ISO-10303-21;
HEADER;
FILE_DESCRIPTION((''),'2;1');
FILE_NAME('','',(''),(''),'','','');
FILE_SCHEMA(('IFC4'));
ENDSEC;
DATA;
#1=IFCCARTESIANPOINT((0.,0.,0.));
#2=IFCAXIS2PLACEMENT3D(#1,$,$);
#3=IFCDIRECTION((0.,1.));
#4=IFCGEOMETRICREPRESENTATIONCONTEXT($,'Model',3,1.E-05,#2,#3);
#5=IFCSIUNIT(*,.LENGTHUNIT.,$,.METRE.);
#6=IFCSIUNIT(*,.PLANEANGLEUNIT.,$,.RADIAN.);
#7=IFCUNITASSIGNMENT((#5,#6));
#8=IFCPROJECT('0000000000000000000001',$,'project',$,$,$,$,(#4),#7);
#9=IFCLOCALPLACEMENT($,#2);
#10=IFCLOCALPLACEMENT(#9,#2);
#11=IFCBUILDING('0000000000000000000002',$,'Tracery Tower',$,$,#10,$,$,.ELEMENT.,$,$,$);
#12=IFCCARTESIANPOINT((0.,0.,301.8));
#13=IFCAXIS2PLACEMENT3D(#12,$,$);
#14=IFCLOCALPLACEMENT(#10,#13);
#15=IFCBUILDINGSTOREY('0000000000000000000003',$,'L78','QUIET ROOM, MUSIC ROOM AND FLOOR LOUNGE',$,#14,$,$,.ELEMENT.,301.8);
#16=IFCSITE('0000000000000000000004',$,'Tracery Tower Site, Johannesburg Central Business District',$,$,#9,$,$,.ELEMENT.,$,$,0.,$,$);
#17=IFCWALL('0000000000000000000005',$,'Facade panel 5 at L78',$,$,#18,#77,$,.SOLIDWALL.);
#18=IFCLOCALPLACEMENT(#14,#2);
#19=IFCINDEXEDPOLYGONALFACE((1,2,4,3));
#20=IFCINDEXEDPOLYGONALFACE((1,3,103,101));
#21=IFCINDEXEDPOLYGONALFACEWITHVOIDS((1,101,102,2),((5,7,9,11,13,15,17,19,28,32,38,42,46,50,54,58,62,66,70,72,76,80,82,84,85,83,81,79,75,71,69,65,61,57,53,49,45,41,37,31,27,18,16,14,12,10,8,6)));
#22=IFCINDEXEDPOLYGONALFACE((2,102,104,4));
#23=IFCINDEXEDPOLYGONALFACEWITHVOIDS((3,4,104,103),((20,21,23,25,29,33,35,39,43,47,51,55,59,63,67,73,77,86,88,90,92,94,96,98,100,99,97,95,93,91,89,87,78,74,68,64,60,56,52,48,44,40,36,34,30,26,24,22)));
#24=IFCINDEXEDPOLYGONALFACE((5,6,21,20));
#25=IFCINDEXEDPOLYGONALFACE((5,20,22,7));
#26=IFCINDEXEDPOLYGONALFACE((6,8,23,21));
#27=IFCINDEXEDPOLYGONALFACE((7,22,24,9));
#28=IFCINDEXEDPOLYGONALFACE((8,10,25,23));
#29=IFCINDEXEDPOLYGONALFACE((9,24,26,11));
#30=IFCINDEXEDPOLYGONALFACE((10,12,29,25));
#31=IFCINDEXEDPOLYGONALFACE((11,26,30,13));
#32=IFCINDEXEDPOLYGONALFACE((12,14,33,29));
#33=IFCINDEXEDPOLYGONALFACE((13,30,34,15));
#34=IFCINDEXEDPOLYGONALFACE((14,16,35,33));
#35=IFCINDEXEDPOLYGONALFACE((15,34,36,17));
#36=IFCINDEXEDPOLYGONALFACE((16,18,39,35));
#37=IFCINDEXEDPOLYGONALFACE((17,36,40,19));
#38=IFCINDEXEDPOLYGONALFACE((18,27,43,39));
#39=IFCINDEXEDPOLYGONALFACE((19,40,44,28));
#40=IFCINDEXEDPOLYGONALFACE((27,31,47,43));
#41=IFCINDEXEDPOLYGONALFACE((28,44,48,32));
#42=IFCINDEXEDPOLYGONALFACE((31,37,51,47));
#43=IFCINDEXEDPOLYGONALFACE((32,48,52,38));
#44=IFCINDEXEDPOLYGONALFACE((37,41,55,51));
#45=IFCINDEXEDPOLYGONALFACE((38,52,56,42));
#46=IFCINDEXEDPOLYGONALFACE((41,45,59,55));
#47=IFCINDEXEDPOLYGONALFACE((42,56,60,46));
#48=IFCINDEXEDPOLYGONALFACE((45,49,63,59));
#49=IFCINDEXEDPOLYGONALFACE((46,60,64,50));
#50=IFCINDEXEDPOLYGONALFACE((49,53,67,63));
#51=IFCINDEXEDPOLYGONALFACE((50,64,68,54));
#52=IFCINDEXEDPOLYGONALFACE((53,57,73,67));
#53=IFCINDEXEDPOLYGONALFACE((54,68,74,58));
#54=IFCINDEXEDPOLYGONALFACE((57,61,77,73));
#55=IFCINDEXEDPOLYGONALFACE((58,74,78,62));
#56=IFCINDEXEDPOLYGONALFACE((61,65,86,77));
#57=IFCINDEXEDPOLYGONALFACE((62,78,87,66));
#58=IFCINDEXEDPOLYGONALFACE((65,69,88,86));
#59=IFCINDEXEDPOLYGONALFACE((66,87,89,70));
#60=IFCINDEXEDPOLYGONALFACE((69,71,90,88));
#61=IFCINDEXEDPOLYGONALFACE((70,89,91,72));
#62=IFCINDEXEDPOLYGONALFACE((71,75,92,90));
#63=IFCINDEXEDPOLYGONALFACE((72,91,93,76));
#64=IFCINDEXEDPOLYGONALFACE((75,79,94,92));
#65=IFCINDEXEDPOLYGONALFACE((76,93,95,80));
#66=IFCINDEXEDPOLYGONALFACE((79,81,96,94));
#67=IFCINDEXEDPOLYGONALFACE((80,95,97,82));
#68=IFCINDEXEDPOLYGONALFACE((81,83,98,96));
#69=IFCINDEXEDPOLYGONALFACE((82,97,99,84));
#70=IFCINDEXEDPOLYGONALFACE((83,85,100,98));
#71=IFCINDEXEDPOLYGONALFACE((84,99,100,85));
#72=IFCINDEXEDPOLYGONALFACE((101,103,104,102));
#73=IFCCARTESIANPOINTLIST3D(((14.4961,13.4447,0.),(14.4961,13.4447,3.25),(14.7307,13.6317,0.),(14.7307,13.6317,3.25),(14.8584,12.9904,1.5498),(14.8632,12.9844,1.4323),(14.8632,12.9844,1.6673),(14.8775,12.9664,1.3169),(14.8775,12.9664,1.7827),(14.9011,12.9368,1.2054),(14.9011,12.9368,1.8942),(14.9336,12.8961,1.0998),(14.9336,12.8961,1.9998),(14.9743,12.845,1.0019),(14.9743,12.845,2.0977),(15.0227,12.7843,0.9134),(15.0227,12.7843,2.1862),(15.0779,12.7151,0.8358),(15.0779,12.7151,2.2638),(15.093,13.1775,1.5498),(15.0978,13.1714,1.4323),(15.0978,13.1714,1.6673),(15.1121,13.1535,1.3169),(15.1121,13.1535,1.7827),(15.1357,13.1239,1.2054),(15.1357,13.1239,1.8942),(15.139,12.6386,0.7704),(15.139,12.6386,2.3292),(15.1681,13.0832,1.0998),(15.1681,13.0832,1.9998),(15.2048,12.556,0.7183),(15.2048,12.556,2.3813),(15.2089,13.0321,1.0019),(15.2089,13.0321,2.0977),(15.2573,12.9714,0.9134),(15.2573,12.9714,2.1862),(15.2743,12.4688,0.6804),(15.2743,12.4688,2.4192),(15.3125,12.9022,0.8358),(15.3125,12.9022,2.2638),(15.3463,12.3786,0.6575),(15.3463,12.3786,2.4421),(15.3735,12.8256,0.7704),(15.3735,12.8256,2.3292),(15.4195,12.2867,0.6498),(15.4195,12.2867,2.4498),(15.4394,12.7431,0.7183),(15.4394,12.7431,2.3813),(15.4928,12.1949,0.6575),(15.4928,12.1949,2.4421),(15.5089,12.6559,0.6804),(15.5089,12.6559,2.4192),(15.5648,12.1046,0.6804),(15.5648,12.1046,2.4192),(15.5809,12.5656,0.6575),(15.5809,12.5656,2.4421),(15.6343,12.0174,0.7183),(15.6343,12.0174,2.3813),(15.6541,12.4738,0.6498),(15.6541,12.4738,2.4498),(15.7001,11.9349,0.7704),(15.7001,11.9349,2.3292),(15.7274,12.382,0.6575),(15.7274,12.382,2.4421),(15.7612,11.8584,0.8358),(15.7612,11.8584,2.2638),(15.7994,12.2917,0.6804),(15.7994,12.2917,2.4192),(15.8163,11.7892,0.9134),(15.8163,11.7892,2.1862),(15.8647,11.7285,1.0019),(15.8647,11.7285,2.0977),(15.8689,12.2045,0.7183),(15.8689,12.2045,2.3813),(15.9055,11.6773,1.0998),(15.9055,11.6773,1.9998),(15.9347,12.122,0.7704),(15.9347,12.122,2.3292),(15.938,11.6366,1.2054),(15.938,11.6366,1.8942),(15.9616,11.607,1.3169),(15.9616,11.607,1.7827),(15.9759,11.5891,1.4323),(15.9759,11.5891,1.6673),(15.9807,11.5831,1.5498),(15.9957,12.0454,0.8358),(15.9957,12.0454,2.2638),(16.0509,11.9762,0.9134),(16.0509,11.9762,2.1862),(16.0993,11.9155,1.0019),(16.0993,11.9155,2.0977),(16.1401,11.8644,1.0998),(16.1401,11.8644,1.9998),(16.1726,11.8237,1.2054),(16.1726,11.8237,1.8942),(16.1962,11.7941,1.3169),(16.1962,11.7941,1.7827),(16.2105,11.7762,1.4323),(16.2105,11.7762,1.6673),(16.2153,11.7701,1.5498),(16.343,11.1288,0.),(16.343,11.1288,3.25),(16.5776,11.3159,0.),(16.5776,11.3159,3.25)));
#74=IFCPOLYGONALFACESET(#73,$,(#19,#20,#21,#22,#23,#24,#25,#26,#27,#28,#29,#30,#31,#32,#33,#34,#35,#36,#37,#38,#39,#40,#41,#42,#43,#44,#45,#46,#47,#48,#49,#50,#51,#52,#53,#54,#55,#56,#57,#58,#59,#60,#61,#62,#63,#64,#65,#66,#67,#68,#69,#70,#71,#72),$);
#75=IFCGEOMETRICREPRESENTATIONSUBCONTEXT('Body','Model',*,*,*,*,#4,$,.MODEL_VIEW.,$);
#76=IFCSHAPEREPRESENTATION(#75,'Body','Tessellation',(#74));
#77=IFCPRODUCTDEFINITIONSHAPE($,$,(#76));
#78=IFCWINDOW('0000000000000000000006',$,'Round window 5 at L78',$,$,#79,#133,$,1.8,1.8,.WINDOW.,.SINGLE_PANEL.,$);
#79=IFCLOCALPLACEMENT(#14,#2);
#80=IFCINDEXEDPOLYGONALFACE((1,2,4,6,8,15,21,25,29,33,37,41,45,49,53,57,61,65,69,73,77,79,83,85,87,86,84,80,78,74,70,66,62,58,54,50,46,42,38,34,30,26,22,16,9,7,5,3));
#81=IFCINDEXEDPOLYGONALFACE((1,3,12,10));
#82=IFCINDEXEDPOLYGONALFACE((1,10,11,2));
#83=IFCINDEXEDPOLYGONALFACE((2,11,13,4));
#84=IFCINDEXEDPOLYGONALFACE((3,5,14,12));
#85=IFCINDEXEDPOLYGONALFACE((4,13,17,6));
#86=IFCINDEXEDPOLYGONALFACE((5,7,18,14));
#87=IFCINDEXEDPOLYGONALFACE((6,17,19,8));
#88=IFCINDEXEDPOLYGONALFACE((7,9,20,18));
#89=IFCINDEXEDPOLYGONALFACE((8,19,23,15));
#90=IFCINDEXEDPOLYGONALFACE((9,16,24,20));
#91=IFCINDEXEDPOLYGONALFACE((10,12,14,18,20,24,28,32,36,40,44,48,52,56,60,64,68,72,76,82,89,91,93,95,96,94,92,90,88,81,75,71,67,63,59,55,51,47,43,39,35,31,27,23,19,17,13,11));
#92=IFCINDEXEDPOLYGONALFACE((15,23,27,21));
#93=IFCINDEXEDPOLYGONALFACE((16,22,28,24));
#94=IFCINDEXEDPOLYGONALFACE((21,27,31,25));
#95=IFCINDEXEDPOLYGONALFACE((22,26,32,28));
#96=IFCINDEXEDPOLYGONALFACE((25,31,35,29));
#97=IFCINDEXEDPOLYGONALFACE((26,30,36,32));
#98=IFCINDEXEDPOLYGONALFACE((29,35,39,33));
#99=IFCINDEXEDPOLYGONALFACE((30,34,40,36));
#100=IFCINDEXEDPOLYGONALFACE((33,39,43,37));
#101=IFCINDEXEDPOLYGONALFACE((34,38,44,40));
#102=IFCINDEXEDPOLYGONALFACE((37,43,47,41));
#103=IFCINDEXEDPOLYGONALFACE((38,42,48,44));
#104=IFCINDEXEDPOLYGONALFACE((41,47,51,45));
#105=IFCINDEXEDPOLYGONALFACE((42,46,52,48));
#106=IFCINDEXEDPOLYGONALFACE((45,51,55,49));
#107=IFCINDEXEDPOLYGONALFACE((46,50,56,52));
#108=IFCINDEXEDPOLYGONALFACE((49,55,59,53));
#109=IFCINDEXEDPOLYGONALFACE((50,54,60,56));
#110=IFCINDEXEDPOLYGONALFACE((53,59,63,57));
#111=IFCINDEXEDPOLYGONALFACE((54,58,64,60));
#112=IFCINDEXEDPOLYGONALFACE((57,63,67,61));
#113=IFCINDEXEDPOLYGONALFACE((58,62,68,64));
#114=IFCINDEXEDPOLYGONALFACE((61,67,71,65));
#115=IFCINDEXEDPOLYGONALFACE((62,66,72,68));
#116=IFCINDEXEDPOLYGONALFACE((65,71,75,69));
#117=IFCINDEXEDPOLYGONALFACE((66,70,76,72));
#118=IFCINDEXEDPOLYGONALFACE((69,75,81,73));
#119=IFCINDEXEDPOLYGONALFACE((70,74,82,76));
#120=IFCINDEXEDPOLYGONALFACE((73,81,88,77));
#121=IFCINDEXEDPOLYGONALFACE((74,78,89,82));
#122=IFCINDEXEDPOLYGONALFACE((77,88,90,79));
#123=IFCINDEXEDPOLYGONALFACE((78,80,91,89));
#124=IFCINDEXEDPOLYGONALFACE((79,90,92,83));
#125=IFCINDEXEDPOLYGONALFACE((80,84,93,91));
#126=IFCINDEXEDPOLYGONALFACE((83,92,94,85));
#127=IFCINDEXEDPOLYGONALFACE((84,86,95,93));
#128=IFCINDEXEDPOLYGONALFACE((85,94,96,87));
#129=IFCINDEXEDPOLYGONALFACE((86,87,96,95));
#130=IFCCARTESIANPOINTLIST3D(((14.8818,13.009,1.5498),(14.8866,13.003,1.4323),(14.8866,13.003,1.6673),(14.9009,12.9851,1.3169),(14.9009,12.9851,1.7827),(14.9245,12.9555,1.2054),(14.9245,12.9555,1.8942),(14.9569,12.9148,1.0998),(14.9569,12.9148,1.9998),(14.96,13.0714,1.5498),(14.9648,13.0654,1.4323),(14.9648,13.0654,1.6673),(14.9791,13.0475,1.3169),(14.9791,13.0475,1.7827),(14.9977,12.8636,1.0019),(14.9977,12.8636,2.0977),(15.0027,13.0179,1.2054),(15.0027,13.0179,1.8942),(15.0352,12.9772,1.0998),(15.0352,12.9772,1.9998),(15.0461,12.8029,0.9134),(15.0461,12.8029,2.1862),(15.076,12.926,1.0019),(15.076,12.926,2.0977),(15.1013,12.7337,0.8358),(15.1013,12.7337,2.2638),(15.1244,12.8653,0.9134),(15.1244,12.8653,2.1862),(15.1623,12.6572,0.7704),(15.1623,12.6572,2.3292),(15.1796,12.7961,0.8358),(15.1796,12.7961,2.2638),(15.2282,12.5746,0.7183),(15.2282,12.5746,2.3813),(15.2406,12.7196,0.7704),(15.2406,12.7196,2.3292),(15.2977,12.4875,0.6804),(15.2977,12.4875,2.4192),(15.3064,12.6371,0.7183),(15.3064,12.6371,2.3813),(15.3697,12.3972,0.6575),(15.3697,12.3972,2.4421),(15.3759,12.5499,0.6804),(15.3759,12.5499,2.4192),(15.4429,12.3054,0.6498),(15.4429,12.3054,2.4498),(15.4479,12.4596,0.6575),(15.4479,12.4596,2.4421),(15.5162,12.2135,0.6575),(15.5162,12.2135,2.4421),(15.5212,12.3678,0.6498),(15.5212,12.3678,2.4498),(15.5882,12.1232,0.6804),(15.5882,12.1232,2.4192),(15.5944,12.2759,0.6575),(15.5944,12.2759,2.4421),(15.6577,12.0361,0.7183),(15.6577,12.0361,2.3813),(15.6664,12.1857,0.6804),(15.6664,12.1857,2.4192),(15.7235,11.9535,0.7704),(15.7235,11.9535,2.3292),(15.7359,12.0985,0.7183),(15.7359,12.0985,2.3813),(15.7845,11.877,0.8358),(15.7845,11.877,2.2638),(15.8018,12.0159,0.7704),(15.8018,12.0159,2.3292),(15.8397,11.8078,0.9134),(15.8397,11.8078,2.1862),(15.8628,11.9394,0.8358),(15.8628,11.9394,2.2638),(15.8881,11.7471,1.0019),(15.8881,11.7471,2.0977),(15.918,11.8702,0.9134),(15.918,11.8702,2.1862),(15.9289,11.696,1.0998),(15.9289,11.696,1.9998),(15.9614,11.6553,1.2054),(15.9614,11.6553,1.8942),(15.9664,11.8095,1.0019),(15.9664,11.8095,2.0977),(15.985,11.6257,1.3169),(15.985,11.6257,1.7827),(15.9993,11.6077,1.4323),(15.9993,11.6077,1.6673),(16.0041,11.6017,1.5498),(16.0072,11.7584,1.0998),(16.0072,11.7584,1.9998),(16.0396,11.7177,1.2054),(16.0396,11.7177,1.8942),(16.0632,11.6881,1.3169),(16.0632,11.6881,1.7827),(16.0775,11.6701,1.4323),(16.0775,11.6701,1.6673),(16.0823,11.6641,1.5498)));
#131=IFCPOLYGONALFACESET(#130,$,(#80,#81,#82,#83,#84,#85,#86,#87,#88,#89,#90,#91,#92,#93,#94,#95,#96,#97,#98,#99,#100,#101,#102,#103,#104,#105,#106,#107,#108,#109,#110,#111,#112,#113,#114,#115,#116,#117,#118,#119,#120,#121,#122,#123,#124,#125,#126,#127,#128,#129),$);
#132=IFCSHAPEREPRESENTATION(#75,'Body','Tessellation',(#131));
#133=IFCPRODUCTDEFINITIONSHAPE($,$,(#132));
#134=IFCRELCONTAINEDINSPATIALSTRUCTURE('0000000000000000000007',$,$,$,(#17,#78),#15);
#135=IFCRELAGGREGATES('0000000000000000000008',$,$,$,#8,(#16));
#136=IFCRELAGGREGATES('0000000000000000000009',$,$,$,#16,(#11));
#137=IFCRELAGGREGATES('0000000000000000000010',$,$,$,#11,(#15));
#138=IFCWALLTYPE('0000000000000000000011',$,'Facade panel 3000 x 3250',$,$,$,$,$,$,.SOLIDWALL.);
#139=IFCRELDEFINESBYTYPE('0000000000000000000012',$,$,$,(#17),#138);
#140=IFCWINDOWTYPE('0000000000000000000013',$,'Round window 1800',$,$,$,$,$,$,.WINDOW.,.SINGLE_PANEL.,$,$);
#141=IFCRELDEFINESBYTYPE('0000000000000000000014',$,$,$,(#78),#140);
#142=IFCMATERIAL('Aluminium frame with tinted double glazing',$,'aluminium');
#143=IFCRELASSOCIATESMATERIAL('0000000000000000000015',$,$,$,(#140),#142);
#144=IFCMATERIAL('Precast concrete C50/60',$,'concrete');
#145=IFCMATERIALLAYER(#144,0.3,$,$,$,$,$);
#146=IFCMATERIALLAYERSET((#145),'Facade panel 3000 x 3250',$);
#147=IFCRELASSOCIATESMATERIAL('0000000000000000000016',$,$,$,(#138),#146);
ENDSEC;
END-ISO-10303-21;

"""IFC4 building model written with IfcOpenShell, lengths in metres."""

from ifc_helpers import new_model, si_unit, direction, frame, frame_2d, origin, origin_2d, place, context, subcontext, project, spatial, rectangle, circle, extrude, material, layer, layer_set, type_object, element, fill, save


model = new_model("IFC4")

# Units and contexts
model_context = context("Model", 3, precision=1e-05, world=origin(), true_north=direction((0.0, 1.0)))
body_context = subcontext(model_context, "Body", "Model", "MODEL_VIEW")
ifc_project = project(units=[si_unit("LENGTHUNIT", "METRE"), si_unit("PLANEANGLEUNIT", "RADIAN")], contexts=[model_context])

# Site, building, storey
site_placement = place(None, origin())
site = spatial("IfcSite", under=ifc_project, at=site_placement, Name="Tracery Tower Site, Johannesburg Central Business District", CompositionType="ELEMENT", RefElevation=0.0)
building_placement = place(site_placement, origin())
building = spatial("IfcBuilding", under=site, at=building_placement, Name="Tracery Tower", CompositionType="ELEMENT")
storey_placement = place(building_placement, frame((0.0, 0.0, 301.8)))
storey = spatial("IfcBuildingStorey", under=building, at=storey_placement, Name="L78", Description="QUIET ROOM, MUSIC ROOM AND FLOOR LOUNGE", CompositionType="ELEMENT", Elevation=301.8)

# Wall, opening, window
ifc_material_1 = material(Name="Aluminium frame with tinted double glazing", Category="aluminium")
window_type = type_object("IfcWindowType", Name="Round window 1800", PartitioningType="SINGLE_PANEL", PredefinedType="WINDOW", material=ifc_material_1)
ifc_material_2 = material(Name="Precast concrete C50/60", Category="concrete")
ifc_layer_1 = layer(ifc_material_2, 0.3)
ifc_layer_set_1 = layer_set([ifc_layer_1], Name="Facade panel 3000 x 3250")
wall_type_1 = type_object("IfcWallType", Name="Facade panel 3000 x 3250", PredefinedType="SOLIDWALL", material=ifc_layer_set_1)
wall_1_placement = place(storey_placement, frame((16.4602, 11.2224, 0.0), z_axis=(0.0, 0.0, 1.0), x_axis=(-0.623498, 0.781825, 0.0)))
wall_1 = element("IfcWall", 1, at=wall_1_placement, inside=storey, type_object=wall_type_1, Name="Facade panel 5 at L78", PredefinedType="SOLIDWALL", context=body_context, shape_type="SweptSolid", body=[
    extrude(rectangle(XDim=2.9622, YDim=0.3, at=frame_2d((1.481, 0.0))), origin(), (0.0, 0.0, 1.0), 3.25),
])
opening_1_placement = place(wall_1_placement, frame((1.481, 0.0, 1.5498)))
opening_1 = element("IfcOpeningElement", 2, at=opening_1_placement, cuts=wall_1, PredefinedType="OPENING", context=body_context, shape_type="SweptSolid", body=[
    extrude(circle(Radius=0.9, at=origin_2d()), frame((0.0, 0.1599, 0.0), z_axis=(0.0, -1.0, 0.0), x_axis=(1.0, 0.0, 0.0)), (0.0, 0.0, 1.0), 0.3201),
])
window_1_placement = place(opening_1_placement, origin())
window_1 = element("IfcWindow", 3, at=window_1_placement, inside=storey, type_object=window_type, Name="Round window 5 at L78", OverallHeight=1.8, OverallWidth=1.8, PartitioningType="SINGLE_PANEL", PredefinedType="WINDOW", context=body_context, shape_type="SweptSolid", body=[
    extrude(circle(Radius=0.9, at=origin_2d()), frame((0.0, 0.1201, 0.0), z_axis=(0.0, -1.0, 0.0), x_axis=(1.0, 0.0, 0.0)), (0.0, 0.0, 1.0), 0.1001),
])
fill(opening_1, window_1)

save(model, "model.ifc")
